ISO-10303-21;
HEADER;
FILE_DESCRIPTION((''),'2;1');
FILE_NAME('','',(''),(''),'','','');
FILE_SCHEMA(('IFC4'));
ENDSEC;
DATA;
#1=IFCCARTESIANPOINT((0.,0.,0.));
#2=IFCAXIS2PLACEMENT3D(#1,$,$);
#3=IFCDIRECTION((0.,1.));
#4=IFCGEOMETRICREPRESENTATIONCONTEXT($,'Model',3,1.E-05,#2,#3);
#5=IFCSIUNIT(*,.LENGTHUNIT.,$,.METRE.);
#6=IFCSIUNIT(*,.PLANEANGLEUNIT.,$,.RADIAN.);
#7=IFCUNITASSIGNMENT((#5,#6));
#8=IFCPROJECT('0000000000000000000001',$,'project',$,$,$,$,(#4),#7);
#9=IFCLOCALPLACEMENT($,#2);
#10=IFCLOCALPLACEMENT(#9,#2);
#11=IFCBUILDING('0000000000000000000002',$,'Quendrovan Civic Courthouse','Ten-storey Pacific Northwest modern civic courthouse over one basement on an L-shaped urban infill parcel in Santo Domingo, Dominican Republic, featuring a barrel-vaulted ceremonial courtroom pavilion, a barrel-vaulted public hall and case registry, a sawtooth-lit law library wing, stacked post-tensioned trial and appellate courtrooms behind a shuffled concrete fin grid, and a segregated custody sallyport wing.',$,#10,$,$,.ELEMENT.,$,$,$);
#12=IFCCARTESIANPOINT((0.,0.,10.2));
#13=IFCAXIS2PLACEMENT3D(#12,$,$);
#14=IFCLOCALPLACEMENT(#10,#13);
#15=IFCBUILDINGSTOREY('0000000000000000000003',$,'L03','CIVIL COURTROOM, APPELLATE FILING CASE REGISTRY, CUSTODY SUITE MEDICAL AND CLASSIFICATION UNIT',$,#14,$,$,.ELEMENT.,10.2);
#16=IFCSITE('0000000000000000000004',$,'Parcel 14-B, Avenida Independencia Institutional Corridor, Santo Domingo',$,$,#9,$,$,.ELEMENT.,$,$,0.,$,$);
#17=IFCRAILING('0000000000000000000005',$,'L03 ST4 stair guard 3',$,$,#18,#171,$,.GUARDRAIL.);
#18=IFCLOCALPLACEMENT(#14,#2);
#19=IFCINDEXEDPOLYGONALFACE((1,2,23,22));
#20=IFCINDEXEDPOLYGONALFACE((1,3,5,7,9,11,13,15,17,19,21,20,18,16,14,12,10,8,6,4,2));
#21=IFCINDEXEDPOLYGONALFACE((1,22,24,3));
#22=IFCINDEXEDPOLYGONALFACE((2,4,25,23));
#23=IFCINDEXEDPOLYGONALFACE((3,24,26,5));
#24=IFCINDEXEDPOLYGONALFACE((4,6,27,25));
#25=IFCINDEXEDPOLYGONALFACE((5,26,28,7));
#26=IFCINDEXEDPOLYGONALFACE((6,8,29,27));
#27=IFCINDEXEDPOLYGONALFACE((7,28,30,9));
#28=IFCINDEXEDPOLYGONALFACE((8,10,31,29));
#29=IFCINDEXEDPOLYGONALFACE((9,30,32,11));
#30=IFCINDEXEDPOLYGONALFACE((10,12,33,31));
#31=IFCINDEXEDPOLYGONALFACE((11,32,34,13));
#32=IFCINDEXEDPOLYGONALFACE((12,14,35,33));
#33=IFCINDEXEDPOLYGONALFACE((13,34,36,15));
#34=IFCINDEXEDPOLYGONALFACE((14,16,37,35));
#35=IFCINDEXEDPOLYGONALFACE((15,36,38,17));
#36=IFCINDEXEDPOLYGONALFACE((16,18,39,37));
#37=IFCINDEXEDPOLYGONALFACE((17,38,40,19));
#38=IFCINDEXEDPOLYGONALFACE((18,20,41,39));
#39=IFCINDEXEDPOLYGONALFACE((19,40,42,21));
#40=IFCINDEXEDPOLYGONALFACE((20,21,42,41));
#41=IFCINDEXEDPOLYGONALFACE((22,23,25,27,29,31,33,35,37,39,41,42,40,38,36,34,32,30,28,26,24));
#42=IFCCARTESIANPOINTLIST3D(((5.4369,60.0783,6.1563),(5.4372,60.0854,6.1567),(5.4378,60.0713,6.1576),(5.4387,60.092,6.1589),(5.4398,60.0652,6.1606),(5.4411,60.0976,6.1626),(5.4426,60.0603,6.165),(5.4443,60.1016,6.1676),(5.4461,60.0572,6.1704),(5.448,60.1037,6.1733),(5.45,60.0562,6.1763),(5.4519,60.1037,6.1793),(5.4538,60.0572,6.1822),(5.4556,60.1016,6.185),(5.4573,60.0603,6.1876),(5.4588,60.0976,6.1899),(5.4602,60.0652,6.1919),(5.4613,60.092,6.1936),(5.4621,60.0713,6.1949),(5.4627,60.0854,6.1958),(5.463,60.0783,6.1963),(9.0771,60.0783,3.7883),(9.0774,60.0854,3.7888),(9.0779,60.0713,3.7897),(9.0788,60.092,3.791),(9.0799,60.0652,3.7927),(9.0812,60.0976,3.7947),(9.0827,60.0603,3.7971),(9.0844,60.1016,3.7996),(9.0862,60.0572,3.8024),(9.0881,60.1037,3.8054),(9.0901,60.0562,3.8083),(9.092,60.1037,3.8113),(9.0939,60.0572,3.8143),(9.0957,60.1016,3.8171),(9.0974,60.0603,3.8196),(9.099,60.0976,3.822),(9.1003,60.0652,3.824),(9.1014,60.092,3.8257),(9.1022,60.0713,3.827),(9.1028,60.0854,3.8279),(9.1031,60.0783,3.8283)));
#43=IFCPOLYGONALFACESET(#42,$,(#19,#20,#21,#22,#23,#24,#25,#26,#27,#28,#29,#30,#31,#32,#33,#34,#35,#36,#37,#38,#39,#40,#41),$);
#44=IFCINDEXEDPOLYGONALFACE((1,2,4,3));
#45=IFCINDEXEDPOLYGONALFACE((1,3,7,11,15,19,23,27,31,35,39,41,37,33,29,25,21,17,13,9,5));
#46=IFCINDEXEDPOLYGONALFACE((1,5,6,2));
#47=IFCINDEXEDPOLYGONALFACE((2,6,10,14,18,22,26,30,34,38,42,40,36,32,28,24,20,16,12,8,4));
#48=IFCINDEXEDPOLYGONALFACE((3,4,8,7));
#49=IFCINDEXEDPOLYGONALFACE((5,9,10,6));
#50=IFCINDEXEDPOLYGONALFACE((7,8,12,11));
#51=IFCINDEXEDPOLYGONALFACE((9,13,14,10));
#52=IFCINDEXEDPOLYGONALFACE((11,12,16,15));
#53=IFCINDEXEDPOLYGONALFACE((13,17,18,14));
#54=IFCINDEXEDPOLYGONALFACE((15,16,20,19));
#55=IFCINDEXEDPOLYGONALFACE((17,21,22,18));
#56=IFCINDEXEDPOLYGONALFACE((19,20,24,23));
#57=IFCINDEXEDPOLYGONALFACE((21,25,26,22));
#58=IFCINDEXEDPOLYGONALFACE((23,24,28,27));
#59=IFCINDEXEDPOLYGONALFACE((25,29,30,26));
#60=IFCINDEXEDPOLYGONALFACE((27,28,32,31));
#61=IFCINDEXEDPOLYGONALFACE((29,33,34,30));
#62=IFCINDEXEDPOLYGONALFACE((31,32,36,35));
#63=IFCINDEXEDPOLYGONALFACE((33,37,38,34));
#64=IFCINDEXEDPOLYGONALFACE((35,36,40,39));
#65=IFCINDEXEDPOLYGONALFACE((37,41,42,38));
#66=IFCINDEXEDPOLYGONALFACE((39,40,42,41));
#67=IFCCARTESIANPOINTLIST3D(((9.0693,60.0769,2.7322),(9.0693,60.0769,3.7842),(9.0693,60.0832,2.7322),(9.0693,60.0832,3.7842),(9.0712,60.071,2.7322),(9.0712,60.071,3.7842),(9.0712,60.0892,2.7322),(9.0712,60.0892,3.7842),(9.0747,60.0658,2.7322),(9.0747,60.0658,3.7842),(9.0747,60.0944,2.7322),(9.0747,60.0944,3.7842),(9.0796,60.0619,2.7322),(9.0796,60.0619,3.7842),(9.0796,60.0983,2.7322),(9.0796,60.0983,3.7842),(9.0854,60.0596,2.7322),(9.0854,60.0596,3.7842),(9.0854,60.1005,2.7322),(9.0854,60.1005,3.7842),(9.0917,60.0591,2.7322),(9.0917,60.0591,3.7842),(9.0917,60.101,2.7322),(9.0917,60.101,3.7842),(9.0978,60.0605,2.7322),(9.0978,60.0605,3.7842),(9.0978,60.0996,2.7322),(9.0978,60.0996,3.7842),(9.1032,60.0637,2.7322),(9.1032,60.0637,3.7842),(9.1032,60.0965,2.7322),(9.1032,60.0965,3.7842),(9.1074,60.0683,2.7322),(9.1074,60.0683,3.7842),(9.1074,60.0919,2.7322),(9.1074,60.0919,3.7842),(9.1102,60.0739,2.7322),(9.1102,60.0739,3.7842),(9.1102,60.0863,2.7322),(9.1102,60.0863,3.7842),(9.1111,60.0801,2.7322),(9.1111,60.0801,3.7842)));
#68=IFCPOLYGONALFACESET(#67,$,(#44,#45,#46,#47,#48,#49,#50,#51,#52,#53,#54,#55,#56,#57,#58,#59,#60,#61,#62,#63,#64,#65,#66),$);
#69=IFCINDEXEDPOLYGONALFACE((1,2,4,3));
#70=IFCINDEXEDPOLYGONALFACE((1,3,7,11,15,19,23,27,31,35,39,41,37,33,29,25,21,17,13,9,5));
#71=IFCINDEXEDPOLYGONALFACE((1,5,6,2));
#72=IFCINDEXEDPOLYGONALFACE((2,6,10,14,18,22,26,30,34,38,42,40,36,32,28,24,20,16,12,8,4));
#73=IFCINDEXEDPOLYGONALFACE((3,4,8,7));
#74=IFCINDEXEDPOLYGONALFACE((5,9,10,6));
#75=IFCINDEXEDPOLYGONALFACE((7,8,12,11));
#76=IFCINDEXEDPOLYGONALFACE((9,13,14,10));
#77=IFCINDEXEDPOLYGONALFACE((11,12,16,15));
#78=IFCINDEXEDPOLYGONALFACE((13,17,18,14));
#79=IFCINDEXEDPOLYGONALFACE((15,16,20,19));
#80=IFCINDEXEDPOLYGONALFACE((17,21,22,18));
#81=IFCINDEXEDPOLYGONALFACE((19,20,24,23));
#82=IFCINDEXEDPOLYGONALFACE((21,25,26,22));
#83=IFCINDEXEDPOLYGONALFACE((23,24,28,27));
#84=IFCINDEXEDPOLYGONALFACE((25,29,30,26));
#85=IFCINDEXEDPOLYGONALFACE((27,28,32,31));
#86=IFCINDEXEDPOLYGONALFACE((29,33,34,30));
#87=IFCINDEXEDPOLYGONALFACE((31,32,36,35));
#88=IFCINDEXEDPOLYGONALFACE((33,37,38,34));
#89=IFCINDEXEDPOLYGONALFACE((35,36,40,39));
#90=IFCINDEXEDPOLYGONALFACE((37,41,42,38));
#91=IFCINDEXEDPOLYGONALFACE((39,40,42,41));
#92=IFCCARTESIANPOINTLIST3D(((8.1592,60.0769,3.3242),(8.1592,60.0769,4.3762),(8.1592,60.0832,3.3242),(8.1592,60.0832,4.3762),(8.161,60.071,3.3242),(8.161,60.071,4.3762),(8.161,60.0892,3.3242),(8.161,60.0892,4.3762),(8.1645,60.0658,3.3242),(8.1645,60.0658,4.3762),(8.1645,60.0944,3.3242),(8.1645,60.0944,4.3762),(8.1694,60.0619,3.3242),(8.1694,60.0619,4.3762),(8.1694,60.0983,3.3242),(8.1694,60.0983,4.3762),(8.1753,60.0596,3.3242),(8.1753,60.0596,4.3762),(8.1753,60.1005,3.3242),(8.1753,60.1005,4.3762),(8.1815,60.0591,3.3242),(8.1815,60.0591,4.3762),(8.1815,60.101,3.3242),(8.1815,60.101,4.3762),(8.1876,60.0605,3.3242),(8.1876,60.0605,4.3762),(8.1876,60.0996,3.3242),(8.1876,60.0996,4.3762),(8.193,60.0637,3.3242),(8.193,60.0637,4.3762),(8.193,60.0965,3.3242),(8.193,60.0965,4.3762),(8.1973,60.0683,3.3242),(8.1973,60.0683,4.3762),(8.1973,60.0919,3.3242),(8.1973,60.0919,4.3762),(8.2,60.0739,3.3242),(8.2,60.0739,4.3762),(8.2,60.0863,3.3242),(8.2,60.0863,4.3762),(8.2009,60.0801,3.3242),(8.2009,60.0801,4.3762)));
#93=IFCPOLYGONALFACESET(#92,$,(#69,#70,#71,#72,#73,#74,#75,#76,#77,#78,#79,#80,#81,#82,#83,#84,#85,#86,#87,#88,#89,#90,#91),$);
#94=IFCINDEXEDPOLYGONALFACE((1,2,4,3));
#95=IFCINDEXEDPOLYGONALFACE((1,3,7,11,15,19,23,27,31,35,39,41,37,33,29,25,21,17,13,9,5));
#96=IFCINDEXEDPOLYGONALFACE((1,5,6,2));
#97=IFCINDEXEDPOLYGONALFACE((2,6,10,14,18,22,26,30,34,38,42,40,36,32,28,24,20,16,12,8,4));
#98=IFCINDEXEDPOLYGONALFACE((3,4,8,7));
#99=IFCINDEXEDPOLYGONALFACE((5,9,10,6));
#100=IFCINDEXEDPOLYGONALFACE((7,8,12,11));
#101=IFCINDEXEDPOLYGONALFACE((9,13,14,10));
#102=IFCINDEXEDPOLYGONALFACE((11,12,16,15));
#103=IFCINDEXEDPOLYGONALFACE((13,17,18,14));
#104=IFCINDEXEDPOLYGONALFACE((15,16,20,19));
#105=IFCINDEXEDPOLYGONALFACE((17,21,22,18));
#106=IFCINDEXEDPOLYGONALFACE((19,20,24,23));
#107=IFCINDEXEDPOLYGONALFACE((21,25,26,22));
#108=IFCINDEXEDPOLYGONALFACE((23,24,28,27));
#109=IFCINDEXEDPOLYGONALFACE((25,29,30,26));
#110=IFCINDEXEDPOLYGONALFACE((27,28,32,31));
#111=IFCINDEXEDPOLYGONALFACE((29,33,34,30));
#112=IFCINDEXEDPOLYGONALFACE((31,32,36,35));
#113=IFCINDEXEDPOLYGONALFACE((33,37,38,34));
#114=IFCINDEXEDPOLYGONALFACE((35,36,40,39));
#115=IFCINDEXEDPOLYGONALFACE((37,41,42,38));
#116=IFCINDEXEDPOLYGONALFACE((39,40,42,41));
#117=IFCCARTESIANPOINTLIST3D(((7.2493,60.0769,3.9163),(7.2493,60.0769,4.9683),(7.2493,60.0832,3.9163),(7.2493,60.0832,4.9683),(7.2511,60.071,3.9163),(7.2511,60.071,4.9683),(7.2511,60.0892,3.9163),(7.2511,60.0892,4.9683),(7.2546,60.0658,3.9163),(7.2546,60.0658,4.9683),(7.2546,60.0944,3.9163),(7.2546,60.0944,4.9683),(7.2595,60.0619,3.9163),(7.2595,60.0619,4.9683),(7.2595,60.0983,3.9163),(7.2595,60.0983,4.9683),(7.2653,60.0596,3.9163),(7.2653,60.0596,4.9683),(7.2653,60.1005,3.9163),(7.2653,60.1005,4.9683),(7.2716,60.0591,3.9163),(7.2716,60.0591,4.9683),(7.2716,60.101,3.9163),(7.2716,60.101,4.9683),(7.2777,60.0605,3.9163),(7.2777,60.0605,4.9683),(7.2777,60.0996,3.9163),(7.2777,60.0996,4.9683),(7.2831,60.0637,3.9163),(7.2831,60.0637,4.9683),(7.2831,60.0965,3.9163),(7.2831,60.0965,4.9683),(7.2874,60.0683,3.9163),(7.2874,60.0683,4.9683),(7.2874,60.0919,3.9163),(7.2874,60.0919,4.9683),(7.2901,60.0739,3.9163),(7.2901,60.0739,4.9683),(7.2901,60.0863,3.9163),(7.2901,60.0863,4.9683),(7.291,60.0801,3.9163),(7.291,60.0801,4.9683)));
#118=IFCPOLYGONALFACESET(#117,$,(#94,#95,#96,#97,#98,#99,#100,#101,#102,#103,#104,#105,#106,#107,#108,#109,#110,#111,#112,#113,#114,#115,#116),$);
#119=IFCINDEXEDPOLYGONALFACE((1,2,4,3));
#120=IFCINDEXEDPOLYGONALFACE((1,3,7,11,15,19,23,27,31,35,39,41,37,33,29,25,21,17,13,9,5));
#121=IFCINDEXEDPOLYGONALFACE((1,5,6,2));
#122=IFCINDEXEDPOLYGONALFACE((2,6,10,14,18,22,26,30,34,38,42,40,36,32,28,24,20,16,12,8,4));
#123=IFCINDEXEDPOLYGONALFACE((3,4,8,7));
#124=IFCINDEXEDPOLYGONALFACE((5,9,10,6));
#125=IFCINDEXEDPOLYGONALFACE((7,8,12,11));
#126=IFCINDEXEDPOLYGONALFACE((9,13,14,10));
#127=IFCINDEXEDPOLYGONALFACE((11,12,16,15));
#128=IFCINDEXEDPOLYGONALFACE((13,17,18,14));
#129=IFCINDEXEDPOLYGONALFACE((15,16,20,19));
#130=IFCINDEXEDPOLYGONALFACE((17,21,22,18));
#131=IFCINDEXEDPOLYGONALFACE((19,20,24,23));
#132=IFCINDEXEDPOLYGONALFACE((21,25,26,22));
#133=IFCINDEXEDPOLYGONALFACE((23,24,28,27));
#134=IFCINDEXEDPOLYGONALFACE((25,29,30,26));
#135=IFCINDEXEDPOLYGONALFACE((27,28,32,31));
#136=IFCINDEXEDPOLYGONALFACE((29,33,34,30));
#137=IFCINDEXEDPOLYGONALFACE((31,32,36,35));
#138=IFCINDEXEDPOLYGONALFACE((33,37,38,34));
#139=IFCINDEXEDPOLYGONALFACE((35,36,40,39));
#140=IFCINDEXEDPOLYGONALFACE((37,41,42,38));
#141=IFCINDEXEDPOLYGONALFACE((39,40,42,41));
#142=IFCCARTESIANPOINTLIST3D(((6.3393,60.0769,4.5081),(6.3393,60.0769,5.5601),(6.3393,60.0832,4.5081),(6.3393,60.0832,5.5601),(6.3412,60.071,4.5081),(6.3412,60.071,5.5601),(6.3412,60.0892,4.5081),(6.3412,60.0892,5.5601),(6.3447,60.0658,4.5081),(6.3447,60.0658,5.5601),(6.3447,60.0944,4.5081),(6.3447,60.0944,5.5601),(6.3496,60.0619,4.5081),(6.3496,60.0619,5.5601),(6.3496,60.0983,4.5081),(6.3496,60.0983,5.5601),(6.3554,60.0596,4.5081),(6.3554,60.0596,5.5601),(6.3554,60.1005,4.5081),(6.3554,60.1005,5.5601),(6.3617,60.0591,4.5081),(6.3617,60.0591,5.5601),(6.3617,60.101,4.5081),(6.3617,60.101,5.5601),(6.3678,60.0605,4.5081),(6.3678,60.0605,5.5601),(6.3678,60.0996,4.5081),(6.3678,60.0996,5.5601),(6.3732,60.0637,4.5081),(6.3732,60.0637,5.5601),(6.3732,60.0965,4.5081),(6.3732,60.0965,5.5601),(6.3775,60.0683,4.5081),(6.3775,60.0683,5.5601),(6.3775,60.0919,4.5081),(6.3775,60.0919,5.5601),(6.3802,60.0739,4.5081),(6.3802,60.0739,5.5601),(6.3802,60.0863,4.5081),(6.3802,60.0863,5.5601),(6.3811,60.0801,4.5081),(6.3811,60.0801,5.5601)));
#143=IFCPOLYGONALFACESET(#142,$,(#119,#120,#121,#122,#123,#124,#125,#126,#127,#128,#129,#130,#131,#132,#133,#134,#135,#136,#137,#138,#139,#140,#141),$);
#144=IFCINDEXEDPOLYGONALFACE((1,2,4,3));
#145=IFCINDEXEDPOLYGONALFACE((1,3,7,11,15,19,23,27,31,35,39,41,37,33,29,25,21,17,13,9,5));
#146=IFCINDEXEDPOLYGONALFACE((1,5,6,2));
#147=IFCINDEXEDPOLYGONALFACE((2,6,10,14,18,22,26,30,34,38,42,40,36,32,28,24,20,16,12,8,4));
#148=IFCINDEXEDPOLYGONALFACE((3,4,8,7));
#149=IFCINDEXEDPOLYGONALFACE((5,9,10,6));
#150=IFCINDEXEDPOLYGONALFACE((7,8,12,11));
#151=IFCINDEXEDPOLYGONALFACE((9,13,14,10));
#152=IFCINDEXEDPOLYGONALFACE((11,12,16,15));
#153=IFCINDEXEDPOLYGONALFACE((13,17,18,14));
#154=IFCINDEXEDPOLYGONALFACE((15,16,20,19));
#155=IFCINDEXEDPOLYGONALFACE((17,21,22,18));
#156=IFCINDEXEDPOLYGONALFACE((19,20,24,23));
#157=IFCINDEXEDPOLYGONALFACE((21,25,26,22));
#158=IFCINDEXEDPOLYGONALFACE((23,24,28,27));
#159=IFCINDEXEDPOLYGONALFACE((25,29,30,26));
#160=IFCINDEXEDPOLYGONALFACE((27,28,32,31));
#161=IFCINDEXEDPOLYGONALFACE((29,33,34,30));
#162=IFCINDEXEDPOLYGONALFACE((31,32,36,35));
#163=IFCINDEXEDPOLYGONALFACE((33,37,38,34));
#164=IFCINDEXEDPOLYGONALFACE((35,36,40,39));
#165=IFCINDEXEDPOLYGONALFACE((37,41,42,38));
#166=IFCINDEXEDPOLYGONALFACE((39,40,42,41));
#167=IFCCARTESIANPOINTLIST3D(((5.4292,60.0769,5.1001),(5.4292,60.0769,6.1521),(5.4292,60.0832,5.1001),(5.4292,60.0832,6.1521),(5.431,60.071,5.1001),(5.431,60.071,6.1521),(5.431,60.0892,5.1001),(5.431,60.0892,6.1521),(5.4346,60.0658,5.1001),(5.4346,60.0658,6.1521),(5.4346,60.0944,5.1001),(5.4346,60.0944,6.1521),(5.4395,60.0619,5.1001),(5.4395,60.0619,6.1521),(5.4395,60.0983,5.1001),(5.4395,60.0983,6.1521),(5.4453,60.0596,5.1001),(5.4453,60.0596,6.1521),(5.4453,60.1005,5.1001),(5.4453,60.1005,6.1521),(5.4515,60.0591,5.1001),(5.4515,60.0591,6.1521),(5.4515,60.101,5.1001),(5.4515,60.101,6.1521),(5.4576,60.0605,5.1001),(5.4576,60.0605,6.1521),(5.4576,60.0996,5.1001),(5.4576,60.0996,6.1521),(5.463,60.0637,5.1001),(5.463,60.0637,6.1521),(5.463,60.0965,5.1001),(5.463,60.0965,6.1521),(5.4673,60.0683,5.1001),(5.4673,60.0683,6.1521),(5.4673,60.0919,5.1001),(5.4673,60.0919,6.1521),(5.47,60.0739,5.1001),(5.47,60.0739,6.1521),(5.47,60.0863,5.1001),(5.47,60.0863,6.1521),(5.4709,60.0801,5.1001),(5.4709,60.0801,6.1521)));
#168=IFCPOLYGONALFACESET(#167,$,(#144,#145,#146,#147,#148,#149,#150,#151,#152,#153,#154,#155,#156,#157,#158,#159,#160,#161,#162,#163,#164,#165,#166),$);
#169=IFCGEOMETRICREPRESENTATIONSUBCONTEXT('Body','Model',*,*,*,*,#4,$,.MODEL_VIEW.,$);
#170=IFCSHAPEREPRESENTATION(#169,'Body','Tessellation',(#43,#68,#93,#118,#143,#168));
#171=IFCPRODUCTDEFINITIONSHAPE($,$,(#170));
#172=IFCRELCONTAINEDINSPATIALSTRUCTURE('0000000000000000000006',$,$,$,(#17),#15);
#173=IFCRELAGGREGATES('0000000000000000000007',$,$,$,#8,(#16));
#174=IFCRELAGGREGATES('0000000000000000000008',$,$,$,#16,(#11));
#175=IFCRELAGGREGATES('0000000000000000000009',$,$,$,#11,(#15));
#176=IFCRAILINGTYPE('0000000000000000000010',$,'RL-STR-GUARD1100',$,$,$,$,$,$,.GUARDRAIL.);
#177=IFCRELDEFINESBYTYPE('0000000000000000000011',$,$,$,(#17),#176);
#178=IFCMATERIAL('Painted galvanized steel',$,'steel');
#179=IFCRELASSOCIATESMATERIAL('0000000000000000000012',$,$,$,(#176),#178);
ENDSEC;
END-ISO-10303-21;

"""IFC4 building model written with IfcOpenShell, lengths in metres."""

from ifc_helpers import new_model, si_unit, direction, frame, origin, origin_2d, place, context, subcontext, project, spatial, circle, extrude, material, type_object, element, save


model = new_model("IFC4")

# Units and contexts
model_context = context("Model", 3, precision=1e-05, world=origin(), true_north=direction((0.0, 1.0)))
body_context = subcontext(model_context, "Body", "Model", "MODEL_VIEW")
ifc_project = project(units=[si_unit("LENGTHUNIT", "METRE"), si_unit("PLANEANGLEUNIT", "RADIAN")], contexts=[model_context])

# Site, building, storey
site_placement = place(None, origin())
site = spatial("IfcSite", under=ifc_project, at=site_placement, Name="Parcel 14-B, Avenida Independencia Institutional Corridor, Santo Domingo", CompositionType="ELEMENT", RefElevation=0.0)
building_placement = place(site_placement, origin())
building = spatial("IfcBuilding", under=site, at=building_placement, Name="Quendrovan Civic Courthouse", Description="Ten-storey Pacific Northwest modern civic courthouse over one basement on an L-shaped urban infill parcel in Santo Domingo, Dominican Republic, featuring a barrel-vaulted ceremonial courtroom pavilion, a barrel-vaulted public hall and case registry, a sawtooth-lit law library wing, stacked post-tensioned trial and appellate courtrooms behind a shuffled concrete fin grid, and a segregated custody sallyport wing.", CompositionType="ELEMENT")
storey_placement = place(building_placement, frame((0.0, 0.0, 10.2)))
storey = spatial("IfcBuildingStorey", under=building, at=storey_placement, Name="L03", Description="CIVIL COURTROOM, APPELLATE FILING CASE REGISTRY, CUSTODY SUITE MEDICAL AND CLASSIFICATION UNIT", CompositionType="ELEMENT", Elevation=10.2)

# Railing
ifc_material_1 = material(Name="Painted galvanized steel", Category="steel")
railing_type_1 = type_object("IfcRailingType", Name="RL-STR-GUARD1100", PredefinedType="GUARDRAIL", material=ifc_material_1)
railing_1_placement = place(storey_placement, frame((9.0901, 60.0801, 2.7322)))
element("IfcRailing", 1, at=railing_1_placement, inside=storey, type_object=railing_type_1, Name="L03 ST4 stair guard 3", PredefinedType="GUARDRAIL", context=body_context, shape_type="SweptSolid", body=[
    extrude(circle(Radius=0.0239, at=origin_2d()), frame((0.0, 0.0, 1.0762), z_axis=(-0.838251, 0.0, 0.545285), x_axis=(0.0, -1.0, 0.0)), (0.0, 0.0, 1.0), 4.3425),
    extrude(circle(Radius=0.021, at=origin_2d()), origin(), (0.0, 0.0, 1.0), 1.052),
    extrude(circle(Radius=0.021, at=origin_2d()), frame((-0.9102, 0.0, 0.592)), (0.0, 0.0, 1.0), 1.052),
    extrude(circle(Radius=0.021, at=origin_2d()), frame((-1.8201, 0.0, 1.1841)), (0.0, 0.0, 1.0), 1.052),
    extrude(circle(Radius=0.021, at=origin_2d()), frame((-2.73, 0.0, 1.7759)), (0.0, 0.0, 1.0), 1.052),
    extrude(circle(Radius=0.021, at=origin_2d()), frame((-3.6401, 0.0, 2.3679)), (0.0, 0.0, 1.0), 1.052),
])

save(model, "model.ifc")
